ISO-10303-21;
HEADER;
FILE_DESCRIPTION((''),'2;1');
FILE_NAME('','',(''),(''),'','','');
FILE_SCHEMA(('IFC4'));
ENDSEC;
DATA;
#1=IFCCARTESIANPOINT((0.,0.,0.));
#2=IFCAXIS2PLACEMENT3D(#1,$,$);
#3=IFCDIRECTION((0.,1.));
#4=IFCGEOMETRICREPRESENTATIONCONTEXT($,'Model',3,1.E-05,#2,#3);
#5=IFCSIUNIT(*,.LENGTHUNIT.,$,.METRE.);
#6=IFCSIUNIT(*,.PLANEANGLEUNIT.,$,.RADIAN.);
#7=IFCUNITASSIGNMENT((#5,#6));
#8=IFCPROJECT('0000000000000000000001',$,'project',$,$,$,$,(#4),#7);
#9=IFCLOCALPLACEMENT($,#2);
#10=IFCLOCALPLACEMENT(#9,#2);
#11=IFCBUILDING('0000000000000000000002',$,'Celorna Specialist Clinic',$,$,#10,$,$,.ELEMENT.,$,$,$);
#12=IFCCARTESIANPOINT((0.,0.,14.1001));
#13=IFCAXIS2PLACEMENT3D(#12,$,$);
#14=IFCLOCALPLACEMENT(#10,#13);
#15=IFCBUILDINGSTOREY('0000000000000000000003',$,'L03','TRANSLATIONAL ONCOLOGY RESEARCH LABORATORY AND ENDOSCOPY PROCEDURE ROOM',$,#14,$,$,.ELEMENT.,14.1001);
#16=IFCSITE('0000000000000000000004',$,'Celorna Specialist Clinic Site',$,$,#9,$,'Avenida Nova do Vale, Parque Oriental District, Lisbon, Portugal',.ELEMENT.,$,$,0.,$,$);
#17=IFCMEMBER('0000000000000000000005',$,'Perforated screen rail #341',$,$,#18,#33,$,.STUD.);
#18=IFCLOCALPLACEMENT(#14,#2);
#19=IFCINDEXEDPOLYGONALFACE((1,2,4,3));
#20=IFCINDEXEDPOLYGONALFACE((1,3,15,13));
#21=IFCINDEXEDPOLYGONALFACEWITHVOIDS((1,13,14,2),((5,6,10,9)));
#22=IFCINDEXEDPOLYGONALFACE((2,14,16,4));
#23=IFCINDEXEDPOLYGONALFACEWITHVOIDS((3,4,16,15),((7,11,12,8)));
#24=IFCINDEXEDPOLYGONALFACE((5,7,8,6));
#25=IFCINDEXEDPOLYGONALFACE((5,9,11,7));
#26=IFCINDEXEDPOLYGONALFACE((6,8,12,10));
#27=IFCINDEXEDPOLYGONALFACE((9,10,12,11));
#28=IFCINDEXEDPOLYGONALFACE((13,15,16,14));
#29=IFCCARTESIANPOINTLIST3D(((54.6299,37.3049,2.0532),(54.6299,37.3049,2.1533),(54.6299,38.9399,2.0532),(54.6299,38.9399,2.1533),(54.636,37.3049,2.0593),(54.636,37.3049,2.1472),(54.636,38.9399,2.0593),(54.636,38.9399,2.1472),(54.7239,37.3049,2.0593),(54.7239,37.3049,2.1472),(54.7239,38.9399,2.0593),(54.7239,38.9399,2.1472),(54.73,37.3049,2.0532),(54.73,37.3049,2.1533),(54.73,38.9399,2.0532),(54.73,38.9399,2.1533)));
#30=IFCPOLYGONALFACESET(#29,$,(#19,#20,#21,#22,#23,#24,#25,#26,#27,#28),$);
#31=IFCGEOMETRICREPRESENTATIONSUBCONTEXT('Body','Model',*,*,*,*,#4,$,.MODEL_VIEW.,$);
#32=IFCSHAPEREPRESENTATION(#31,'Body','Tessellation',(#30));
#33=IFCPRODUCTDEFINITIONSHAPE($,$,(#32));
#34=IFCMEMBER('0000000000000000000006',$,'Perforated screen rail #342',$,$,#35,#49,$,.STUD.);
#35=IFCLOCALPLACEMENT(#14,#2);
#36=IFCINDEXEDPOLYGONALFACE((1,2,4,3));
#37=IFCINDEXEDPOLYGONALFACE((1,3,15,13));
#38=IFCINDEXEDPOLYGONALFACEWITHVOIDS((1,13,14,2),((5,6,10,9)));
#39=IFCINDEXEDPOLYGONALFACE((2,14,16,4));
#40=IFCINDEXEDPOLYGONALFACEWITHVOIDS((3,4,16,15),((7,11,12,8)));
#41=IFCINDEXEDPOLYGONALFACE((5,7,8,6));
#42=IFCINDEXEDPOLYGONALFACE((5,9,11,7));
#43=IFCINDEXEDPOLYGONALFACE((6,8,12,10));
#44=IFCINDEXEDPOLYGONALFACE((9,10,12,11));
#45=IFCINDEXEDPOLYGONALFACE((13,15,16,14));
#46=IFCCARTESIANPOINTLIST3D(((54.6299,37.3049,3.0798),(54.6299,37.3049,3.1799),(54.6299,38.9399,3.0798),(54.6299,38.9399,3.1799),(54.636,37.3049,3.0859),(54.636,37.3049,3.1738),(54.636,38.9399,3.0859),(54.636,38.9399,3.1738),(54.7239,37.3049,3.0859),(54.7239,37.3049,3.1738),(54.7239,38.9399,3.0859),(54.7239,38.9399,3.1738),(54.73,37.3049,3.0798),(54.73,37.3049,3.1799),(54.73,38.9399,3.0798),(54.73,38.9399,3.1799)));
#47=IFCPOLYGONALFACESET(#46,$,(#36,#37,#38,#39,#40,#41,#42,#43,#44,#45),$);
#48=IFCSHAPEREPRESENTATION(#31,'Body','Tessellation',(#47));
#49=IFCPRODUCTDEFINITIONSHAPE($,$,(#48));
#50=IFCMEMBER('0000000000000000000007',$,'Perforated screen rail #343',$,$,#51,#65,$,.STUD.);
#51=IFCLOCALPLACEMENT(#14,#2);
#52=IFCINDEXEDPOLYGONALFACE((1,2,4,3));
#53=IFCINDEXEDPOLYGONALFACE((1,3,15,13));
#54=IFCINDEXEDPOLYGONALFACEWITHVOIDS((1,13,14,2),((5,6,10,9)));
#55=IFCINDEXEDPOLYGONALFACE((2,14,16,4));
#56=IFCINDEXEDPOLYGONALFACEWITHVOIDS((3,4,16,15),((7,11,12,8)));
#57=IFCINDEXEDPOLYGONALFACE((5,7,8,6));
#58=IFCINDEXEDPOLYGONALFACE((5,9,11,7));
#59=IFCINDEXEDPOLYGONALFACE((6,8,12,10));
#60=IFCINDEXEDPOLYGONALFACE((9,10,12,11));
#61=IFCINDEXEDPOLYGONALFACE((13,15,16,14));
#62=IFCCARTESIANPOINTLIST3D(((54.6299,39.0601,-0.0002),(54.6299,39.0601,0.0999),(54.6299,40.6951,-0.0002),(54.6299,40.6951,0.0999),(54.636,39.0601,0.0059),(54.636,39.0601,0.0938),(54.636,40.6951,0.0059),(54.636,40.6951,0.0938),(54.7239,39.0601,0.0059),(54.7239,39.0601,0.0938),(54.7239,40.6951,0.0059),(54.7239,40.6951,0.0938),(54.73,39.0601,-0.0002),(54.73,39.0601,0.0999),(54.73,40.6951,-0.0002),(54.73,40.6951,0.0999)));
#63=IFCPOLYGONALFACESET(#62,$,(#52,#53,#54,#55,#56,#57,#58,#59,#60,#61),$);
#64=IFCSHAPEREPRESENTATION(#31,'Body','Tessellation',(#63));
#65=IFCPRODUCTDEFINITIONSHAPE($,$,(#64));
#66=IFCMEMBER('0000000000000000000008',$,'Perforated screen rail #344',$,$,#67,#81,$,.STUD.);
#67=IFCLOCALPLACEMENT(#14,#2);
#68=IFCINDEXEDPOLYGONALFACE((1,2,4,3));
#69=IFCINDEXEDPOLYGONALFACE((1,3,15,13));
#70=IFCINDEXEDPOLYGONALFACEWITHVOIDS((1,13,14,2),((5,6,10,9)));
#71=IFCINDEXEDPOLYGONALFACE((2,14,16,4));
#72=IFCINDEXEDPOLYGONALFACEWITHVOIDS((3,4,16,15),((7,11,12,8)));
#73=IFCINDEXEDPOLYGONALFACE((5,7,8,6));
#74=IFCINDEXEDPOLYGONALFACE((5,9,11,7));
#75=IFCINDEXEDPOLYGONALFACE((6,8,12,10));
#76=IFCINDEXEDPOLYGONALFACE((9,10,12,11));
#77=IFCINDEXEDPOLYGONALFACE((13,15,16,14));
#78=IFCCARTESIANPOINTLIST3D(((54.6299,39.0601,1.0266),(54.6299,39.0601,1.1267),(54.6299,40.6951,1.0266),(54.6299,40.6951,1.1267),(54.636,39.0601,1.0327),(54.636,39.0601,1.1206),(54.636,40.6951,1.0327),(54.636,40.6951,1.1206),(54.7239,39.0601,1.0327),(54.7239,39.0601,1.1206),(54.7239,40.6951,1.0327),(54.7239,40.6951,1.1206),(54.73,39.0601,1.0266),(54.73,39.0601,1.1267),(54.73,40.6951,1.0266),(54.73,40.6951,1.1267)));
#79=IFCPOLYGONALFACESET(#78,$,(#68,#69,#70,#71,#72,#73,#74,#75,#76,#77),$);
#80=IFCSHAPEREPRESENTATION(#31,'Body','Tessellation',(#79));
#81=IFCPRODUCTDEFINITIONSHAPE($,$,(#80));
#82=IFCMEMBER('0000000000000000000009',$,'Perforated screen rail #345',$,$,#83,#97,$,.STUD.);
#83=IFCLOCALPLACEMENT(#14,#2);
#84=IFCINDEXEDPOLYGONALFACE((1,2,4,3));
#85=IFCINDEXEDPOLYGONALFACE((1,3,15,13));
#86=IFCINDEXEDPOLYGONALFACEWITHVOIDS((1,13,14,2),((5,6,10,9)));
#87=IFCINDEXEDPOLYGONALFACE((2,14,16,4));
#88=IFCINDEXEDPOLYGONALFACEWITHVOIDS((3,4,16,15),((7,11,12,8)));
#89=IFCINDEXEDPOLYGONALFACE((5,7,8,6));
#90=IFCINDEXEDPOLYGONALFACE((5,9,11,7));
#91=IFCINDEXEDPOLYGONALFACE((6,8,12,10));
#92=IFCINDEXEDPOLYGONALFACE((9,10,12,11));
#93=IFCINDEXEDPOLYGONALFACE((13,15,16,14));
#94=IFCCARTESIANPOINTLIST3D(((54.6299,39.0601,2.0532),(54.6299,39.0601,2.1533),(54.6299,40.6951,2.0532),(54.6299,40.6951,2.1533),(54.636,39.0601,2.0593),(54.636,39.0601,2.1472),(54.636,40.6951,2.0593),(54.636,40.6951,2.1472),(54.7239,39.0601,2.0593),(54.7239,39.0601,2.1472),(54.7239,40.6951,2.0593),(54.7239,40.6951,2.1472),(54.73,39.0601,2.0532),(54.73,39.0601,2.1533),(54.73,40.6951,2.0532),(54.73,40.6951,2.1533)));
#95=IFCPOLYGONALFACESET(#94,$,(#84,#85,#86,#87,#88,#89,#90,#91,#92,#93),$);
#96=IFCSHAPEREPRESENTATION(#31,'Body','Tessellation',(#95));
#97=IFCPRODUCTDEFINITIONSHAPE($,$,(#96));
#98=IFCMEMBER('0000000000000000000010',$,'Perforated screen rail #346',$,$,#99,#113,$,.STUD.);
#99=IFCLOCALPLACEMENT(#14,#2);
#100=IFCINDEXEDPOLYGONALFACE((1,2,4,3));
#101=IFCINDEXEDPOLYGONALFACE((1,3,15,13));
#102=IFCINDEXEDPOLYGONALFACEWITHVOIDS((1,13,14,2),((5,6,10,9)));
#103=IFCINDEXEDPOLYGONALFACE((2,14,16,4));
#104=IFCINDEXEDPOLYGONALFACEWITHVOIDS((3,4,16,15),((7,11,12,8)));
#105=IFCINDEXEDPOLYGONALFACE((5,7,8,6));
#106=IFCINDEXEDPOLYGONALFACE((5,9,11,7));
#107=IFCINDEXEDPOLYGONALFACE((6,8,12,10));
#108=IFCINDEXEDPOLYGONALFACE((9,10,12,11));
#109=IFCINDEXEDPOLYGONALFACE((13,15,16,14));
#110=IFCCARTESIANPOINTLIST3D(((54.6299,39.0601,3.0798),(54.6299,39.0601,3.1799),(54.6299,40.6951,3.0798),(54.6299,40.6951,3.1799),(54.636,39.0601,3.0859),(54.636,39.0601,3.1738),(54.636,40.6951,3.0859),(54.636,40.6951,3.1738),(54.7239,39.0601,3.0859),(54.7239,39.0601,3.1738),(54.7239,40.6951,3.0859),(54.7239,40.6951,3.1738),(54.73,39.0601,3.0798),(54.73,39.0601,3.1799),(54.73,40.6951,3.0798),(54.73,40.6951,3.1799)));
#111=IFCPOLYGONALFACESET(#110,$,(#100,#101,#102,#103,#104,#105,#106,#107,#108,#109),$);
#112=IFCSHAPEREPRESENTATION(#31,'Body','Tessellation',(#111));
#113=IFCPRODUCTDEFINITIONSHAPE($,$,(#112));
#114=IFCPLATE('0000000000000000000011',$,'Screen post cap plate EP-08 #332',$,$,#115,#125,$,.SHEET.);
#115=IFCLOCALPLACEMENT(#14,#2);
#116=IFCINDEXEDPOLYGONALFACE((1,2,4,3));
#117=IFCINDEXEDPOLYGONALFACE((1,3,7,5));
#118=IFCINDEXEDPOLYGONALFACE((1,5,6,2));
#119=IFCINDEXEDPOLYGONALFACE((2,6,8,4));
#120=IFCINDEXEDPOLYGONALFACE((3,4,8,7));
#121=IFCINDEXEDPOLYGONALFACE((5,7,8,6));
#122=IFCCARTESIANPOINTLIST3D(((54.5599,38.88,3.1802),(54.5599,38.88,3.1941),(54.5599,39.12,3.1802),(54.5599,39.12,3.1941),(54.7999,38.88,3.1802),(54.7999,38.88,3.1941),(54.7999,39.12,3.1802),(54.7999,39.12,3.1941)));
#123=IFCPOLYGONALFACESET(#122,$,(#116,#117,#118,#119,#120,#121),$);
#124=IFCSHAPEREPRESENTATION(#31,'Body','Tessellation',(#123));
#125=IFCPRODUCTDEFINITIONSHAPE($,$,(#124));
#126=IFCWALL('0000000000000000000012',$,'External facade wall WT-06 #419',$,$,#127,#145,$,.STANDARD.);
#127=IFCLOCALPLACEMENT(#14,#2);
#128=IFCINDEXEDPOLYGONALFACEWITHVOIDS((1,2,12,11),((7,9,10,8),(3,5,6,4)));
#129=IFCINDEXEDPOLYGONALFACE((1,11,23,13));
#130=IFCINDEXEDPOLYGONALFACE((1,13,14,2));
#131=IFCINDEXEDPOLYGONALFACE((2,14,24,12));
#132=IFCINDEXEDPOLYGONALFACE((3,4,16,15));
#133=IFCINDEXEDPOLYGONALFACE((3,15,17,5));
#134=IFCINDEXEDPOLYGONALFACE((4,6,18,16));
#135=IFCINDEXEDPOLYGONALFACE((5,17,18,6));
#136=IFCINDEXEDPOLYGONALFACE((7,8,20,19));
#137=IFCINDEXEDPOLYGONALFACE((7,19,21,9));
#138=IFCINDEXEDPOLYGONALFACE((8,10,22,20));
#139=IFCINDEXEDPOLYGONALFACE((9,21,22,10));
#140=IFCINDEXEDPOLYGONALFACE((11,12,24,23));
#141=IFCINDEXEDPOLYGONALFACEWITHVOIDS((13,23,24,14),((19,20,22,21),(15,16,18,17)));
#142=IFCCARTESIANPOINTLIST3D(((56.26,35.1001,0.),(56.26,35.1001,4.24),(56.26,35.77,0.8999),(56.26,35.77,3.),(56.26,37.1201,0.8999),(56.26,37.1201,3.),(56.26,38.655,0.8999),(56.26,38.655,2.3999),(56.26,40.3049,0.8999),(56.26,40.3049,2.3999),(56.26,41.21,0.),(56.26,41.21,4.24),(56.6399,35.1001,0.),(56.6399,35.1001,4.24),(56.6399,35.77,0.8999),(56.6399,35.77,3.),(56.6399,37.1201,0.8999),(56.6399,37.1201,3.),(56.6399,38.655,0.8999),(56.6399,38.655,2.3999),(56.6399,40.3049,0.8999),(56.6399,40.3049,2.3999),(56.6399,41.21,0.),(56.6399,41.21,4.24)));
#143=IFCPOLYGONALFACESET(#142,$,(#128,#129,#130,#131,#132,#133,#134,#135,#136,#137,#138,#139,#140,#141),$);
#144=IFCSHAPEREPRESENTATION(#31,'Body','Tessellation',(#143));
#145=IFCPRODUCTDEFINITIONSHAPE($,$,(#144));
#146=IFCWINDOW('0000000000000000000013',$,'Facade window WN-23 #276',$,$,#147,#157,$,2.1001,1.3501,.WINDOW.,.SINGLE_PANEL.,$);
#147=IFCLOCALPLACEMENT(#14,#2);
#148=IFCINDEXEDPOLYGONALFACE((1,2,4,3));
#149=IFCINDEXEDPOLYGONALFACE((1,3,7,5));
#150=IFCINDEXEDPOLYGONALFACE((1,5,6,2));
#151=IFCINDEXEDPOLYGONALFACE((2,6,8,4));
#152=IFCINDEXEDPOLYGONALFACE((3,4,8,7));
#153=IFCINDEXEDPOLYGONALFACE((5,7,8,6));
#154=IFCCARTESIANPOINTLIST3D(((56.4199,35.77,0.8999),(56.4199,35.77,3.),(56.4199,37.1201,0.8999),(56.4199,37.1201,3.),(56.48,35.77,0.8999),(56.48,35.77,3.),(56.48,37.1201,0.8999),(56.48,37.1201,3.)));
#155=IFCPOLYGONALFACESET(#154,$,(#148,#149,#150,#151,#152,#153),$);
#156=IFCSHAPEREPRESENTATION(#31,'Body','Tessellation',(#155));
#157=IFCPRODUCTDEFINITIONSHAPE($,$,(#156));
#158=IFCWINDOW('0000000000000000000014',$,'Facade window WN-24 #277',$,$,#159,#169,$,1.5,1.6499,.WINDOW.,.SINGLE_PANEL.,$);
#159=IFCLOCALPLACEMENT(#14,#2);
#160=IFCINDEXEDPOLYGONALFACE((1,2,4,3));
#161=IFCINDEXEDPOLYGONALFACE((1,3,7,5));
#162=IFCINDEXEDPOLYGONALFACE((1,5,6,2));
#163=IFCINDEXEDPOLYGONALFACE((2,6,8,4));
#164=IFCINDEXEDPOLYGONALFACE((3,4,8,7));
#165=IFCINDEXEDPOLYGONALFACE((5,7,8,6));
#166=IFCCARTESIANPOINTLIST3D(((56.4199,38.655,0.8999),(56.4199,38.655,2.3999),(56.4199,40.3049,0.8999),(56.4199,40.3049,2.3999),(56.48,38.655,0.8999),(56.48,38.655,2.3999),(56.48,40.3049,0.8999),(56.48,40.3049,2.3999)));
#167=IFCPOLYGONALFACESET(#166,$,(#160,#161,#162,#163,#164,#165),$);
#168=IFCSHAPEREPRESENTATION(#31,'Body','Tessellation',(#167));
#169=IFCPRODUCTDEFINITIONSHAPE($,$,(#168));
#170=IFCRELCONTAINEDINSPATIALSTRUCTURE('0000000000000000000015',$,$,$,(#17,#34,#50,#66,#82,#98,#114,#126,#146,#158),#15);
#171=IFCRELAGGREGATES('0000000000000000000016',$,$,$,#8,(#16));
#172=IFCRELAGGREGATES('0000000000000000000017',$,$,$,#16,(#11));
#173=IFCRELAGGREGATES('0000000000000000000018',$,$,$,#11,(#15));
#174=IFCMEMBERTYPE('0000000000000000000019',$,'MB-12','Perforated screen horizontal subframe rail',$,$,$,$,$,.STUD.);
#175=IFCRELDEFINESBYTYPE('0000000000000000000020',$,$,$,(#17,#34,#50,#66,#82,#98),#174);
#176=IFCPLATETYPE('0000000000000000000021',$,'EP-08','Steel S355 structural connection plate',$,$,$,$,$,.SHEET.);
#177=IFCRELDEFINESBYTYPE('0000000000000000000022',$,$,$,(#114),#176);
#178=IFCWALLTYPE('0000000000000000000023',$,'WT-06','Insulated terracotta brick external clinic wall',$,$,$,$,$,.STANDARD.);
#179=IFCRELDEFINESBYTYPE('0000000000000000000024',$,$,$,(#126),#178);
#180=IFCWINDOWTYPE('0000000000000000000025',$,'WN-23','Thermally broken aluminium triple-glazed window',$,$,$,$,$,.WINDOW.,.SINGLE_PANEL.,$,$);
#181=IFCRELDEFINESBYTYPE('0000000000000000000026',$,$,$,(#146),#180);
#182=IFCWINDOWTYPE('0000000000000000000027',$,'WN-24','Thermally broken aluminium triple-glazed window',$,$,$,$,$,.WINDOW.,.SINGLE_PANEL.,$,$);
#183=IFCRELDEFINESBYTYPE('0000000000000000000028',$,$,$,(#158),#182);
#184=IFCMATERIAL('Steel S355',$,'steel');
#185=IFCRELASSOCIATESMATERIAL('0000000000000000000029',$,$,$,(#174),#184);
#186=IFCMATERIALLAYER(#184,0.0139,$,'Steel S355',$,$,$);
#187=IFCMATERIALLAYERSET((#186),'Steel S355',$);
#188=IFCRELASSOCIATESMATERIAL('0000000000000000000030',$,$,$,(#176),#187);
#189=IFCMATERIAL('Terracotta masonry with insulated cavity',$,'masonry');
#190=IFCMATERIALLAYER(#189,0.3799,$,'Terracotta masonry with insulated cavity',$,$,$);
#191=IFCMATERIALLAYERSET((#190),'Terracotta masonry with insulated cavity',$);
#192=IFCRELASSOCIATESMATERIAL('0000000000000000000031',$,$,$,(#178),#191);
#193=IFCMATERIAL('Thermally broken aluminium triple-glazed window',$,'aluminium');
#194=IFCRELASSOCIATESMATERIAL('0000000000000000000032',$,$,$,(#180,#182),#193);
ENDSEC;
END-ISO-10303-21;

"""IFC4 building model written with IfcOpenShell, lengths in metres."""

from ifc_helpers import new_model, si_unit, direction, frame, frame_2d, origin, origin_2d, place, context, subcontext, project, spatial, rectangle, hollow_rectangle, extrude, material, layer, layer_set, material_profile, profile_set, type_object, element, fill, save


model = new_model("IFC4")

# Units and contexts
model_context = context("Model", 3, precision=1e-05, world=origin(), true_north=direction((0.0, 1.0)))
body_context = subcontext(model_context, "Body", "Model", "MODEL_VIEW")
ifc_project = project(units=[si_unit("LENGTHUNIT", "METRE"), si_unit("PLANEANGLEUNIT", "RADIAN")], contexts=[model_context])

# Site, building, storey
site_placement = place(None, origin())
site = spatial("IfcSite", under=ifc_project, at=site_placement, Name="Celorna Specialist Clinic Site", LongName="Avenida Nova do Vale, Parque Oriental District, Lisbon, Portugal", CompositionType="ELEMENT", RefElevation=0.0)
building_placement = place(site_placement, origin())
building = spatial("IfcBuilding", under=site, at=building_placement, Name="Celorna Specialist Clinic", CompositionType="ELEMENT")
storey_placement = place(building_placement, frame((0.0, 0.0, 14.1001)))
storey = spatial("IfcBuildingStorey", under=building, at=storey_placement, Name="L03", Description="TRANSLATIONAL ONCOLOGY RESEARCH LABORATORY AND ENDOSCOPY PROCEDURE ROOM", CompositionType="ELEMENT", Elevation=14.1001)

# Shared definitions
ifc_material_1 = material(Name="Steel S355", Category="steel")

# Members
ifc_material_profile_1 = material_profile(ifc_material_1, hollow_rectangle(XDim=0.1001, YDim=0.1001, WallThickness=0.0061, at=origin_2d()), Name="SHS 100x100x6")
ifc_profile_set_1 = profile_set([ifc_material_profile_1], Name="Steel S355")
member_type_1 = type_object("IfcMemberType", Name="MB-12", Description="Perforated screen horizontal subframe rail", PredefinedType="STUD", material=ifc_profile_set_1)
for number, where, z_axis, x_axis, name in (
    (1, (54.6799, 37.3049, 2.1033), (0.0, 1.0, 0.0), (-1.0, 0.0, 0.0), "Perforated screen rail #341"),
    (2, (54.6799, 37.3049, 3.1299), (0.0, 1.0, 0.0), (-1.0, 0.0, 0.0), "Perforated screen rail #342"),
    (3, (54.6799, 39.0601, 0.0498), (0.0, 1.0, 0.0), (-1.0, 0.0, 0.0), "Perforated screen rail #343"),
    (4, (54.6799, 39.0601, 1.0767), (0.0, 1.0, 0.0), (-1.0, 0.0, 0.0), "Perforated screen rail #344"),
    (5, (54.6799, 39.0601, 2.1033), (0.0, 1.0, 0.0), (-1.0, 0.0, 0.0), "Perforated screen rail #345"),
    (6, (54.6799, 39.0601, 3.1299), (0.0, 1.0, 0.0), (-1.0, 0.0, 0.0), "Perforated screen rail #346"),
):
    element("IfcMember", number, at=place(storey_placement, frame(where, z_axis=z_axis, x_axis=x_axis)), inside=storey, type_object=member_type_1, Name=name, PredefinedType="STUD", context=body_context, shape_type="SweptSolid", body=[
        extrude(hollow_rectangle(XDim=0.1001, YDim=0.1001, WallThickness=0.0061, at=origin_2d()), origin(), (0.0, 0.0, 1.0), 1.635),
    ])

# Plate
ifc_layer_1 = layer(ifc_material_1, 0.0139, Name="Steel S355")
ifc_layer_set_1 = layer_set([ifc_layer_1], Name="Steel S355")
plate_type = type_object("IfcPlateType", Name="EP-08", Description="Steel S355 structural connection plate", PredefinedType="SHEET", material=ifc_layer_set_1)
plate_placement = place(storey_placement, frame((54.6799, 39.0, 3.1802), z_axis=(0.0, 0.0, 1.0), x_axis=(0.0, 1.0, 0.0)))
element("IfcPlate", 7, at=plate_placement, inside=storey, type_object=plate_type, Name="Screen post cap plate EP-08 #332", PredefinedType="SHEET", context=body_context, shape_type="SweptSolid", body=[
    extrude(rectangle(XDim=0.24, YDim=0.24, at=origin_2d()), origin(), (0.0, 0.0, 1.0), 0.0139),
])

# Wall, openings, windows
ifc_material_2 = material(Name="Terracotta masonry with insulated cavity", Category="masonry")
ifc_layer_2 = layer(ifc_material_2, 0.3799, Name="Terracotta masonry with insulated cavity")
ifc_layer_set_2 = layer_set([ifc_layer_2], Name="Terracotta masonry with insulated cavity")
wall_type_1 = type_object("IfcWallType", Name="WT-06", Description="Insulated terracotta brick external clinic wall", PredefinedType="STANDARD", material=ifc_layer_set_2)
wall_1_placement = place(storey_placement, frame((56.45, 35.1001, 0.0), z_axis=(0.0, 0.0, 1.0), x_axis=(0.0, 1.0, 0.0)))
wall_1 = element("IfcWall", 8, at=wall_1_placement, inside=storey, type_object=wall_type_1, Name="External facade wall WT-06 #419", PredefinedType="STANDARD", context=body_context, shape_type="SweptSolid", body=[
    extrude(rectangle(XDim=6.1099, YDim=0.3799, at=frame_2d((3.0549, 0.0))), origin(), (0.0, 0.0, 1.0), 4.24),
])
opening_1_placement = place(wall_1_placement, frame((0.6699, 0.0, 0.8999)))
opening_1 = element("IfcOpeningElement", 9, at=opening_1_placement, cuts=wall_1, PredefinedType="OPENING", context=body_context, shape_type="SweptSolid", body=[
    extrude(rectangle(XDim=1.3501, YDim=2.1001, at=frame_2d((0.675, 1.05))), frame((0.0, 0.2, 0.0), z_axis=(0.0, -1.0, 0.0), x_axis=(1.0, 0.0, 0.0)), (0.0, 0.0, 1.0), 0.3999),
])
opening_2_placement = place(wall_1_placement, frame((3.5549, 0.0, 0.8999)))
opening_2 = element("IfcOpeningElement", 10, at=opening_2_placement, cuts=wall_1, PredefinedType="OPENING", context=body_context, shape_type="SweptSolid", body=[
    extrude(rectangle(XDim=1.6499, YDim=1.5, at=frame_2d((0.825, 0.75))), frame((0.0, 0.2, 0.0), z_axis=(0.0, -1.0, 0.0), x_axis=(1.0, 0.0, 0.0)), (0.0, 0.0, 1.0), 0.3999),
])
ifc_material_3 = material(Name="Thermally broken aluminium triple-glazed window", Category="aluminium")
window_type_1 = type_object("IfcWindowType", Name="WN-23", Description="Thermally broken aluminium triple-glazed window", PartitioningType="SINGLE_PANEL", PredefinedType="WINDOW", material=ifc_material_3)
window_1_placement = place(opening_1_placement, origin())
window_1 = element("IfcWindow", 11, at=window_1_placement, inside=storey, type_object=window_type_1, Name="Facade window WN-23 #276", OverallHeight=2.1001, OverallWidth=1.3501, PartitioningType="SINGLE_PANEL", PredefinedType="WINDOW", context=body_context, shape_type="SweptSolid", body=[
    extrude(rectangle(XDim=1.3501, YDim=2.1001, at=frame_2d((0.675, 1.05))), frame((0.0, 0.03, 0.0), z_axis=(0.0, -1.0, 0.0), x_axis=(1.0, 0.0, 0.0)), (0.0, 0.0, 1.0), 0.0601),
])
fill(opening_1, window_1)
window_type_2 = type_object("IfcWindowType", Name="WN-24", Description="Thermally broken aluminium triple-glazed window", PartitioningType="SINGLE_PANEL", PredefinedType="WINDOW", material=ifc_material_3)
window_2_placement = place(opening_2_placement, origin())
window_2 = element("IfcWindow", 12, at=window_2_placement, inside=storey, type_object=window_type_2, Name="Facade window WN-24 #277", OverallHeight=1.5, OverallWidth=1.6499, PartitioningType="SINGLE_PANEL", PredefinedType="WINDOW", context=body_context, shape_type="SweptSolid", body=[
    extrude(rectangle(XDim=1.6499, YDim=1.5, at=frame_2d((0.825, 0.75))), frame((0.0, 0.03, 0.0), z_axis=(0.0, -1.0, 0.0), x_axis=(1.0, 0.0, 0.0)), (0.0, 0.0, 1.0), 0.0601),
])
fill(opening_2, window_2)

save(model, "model.ifc")
